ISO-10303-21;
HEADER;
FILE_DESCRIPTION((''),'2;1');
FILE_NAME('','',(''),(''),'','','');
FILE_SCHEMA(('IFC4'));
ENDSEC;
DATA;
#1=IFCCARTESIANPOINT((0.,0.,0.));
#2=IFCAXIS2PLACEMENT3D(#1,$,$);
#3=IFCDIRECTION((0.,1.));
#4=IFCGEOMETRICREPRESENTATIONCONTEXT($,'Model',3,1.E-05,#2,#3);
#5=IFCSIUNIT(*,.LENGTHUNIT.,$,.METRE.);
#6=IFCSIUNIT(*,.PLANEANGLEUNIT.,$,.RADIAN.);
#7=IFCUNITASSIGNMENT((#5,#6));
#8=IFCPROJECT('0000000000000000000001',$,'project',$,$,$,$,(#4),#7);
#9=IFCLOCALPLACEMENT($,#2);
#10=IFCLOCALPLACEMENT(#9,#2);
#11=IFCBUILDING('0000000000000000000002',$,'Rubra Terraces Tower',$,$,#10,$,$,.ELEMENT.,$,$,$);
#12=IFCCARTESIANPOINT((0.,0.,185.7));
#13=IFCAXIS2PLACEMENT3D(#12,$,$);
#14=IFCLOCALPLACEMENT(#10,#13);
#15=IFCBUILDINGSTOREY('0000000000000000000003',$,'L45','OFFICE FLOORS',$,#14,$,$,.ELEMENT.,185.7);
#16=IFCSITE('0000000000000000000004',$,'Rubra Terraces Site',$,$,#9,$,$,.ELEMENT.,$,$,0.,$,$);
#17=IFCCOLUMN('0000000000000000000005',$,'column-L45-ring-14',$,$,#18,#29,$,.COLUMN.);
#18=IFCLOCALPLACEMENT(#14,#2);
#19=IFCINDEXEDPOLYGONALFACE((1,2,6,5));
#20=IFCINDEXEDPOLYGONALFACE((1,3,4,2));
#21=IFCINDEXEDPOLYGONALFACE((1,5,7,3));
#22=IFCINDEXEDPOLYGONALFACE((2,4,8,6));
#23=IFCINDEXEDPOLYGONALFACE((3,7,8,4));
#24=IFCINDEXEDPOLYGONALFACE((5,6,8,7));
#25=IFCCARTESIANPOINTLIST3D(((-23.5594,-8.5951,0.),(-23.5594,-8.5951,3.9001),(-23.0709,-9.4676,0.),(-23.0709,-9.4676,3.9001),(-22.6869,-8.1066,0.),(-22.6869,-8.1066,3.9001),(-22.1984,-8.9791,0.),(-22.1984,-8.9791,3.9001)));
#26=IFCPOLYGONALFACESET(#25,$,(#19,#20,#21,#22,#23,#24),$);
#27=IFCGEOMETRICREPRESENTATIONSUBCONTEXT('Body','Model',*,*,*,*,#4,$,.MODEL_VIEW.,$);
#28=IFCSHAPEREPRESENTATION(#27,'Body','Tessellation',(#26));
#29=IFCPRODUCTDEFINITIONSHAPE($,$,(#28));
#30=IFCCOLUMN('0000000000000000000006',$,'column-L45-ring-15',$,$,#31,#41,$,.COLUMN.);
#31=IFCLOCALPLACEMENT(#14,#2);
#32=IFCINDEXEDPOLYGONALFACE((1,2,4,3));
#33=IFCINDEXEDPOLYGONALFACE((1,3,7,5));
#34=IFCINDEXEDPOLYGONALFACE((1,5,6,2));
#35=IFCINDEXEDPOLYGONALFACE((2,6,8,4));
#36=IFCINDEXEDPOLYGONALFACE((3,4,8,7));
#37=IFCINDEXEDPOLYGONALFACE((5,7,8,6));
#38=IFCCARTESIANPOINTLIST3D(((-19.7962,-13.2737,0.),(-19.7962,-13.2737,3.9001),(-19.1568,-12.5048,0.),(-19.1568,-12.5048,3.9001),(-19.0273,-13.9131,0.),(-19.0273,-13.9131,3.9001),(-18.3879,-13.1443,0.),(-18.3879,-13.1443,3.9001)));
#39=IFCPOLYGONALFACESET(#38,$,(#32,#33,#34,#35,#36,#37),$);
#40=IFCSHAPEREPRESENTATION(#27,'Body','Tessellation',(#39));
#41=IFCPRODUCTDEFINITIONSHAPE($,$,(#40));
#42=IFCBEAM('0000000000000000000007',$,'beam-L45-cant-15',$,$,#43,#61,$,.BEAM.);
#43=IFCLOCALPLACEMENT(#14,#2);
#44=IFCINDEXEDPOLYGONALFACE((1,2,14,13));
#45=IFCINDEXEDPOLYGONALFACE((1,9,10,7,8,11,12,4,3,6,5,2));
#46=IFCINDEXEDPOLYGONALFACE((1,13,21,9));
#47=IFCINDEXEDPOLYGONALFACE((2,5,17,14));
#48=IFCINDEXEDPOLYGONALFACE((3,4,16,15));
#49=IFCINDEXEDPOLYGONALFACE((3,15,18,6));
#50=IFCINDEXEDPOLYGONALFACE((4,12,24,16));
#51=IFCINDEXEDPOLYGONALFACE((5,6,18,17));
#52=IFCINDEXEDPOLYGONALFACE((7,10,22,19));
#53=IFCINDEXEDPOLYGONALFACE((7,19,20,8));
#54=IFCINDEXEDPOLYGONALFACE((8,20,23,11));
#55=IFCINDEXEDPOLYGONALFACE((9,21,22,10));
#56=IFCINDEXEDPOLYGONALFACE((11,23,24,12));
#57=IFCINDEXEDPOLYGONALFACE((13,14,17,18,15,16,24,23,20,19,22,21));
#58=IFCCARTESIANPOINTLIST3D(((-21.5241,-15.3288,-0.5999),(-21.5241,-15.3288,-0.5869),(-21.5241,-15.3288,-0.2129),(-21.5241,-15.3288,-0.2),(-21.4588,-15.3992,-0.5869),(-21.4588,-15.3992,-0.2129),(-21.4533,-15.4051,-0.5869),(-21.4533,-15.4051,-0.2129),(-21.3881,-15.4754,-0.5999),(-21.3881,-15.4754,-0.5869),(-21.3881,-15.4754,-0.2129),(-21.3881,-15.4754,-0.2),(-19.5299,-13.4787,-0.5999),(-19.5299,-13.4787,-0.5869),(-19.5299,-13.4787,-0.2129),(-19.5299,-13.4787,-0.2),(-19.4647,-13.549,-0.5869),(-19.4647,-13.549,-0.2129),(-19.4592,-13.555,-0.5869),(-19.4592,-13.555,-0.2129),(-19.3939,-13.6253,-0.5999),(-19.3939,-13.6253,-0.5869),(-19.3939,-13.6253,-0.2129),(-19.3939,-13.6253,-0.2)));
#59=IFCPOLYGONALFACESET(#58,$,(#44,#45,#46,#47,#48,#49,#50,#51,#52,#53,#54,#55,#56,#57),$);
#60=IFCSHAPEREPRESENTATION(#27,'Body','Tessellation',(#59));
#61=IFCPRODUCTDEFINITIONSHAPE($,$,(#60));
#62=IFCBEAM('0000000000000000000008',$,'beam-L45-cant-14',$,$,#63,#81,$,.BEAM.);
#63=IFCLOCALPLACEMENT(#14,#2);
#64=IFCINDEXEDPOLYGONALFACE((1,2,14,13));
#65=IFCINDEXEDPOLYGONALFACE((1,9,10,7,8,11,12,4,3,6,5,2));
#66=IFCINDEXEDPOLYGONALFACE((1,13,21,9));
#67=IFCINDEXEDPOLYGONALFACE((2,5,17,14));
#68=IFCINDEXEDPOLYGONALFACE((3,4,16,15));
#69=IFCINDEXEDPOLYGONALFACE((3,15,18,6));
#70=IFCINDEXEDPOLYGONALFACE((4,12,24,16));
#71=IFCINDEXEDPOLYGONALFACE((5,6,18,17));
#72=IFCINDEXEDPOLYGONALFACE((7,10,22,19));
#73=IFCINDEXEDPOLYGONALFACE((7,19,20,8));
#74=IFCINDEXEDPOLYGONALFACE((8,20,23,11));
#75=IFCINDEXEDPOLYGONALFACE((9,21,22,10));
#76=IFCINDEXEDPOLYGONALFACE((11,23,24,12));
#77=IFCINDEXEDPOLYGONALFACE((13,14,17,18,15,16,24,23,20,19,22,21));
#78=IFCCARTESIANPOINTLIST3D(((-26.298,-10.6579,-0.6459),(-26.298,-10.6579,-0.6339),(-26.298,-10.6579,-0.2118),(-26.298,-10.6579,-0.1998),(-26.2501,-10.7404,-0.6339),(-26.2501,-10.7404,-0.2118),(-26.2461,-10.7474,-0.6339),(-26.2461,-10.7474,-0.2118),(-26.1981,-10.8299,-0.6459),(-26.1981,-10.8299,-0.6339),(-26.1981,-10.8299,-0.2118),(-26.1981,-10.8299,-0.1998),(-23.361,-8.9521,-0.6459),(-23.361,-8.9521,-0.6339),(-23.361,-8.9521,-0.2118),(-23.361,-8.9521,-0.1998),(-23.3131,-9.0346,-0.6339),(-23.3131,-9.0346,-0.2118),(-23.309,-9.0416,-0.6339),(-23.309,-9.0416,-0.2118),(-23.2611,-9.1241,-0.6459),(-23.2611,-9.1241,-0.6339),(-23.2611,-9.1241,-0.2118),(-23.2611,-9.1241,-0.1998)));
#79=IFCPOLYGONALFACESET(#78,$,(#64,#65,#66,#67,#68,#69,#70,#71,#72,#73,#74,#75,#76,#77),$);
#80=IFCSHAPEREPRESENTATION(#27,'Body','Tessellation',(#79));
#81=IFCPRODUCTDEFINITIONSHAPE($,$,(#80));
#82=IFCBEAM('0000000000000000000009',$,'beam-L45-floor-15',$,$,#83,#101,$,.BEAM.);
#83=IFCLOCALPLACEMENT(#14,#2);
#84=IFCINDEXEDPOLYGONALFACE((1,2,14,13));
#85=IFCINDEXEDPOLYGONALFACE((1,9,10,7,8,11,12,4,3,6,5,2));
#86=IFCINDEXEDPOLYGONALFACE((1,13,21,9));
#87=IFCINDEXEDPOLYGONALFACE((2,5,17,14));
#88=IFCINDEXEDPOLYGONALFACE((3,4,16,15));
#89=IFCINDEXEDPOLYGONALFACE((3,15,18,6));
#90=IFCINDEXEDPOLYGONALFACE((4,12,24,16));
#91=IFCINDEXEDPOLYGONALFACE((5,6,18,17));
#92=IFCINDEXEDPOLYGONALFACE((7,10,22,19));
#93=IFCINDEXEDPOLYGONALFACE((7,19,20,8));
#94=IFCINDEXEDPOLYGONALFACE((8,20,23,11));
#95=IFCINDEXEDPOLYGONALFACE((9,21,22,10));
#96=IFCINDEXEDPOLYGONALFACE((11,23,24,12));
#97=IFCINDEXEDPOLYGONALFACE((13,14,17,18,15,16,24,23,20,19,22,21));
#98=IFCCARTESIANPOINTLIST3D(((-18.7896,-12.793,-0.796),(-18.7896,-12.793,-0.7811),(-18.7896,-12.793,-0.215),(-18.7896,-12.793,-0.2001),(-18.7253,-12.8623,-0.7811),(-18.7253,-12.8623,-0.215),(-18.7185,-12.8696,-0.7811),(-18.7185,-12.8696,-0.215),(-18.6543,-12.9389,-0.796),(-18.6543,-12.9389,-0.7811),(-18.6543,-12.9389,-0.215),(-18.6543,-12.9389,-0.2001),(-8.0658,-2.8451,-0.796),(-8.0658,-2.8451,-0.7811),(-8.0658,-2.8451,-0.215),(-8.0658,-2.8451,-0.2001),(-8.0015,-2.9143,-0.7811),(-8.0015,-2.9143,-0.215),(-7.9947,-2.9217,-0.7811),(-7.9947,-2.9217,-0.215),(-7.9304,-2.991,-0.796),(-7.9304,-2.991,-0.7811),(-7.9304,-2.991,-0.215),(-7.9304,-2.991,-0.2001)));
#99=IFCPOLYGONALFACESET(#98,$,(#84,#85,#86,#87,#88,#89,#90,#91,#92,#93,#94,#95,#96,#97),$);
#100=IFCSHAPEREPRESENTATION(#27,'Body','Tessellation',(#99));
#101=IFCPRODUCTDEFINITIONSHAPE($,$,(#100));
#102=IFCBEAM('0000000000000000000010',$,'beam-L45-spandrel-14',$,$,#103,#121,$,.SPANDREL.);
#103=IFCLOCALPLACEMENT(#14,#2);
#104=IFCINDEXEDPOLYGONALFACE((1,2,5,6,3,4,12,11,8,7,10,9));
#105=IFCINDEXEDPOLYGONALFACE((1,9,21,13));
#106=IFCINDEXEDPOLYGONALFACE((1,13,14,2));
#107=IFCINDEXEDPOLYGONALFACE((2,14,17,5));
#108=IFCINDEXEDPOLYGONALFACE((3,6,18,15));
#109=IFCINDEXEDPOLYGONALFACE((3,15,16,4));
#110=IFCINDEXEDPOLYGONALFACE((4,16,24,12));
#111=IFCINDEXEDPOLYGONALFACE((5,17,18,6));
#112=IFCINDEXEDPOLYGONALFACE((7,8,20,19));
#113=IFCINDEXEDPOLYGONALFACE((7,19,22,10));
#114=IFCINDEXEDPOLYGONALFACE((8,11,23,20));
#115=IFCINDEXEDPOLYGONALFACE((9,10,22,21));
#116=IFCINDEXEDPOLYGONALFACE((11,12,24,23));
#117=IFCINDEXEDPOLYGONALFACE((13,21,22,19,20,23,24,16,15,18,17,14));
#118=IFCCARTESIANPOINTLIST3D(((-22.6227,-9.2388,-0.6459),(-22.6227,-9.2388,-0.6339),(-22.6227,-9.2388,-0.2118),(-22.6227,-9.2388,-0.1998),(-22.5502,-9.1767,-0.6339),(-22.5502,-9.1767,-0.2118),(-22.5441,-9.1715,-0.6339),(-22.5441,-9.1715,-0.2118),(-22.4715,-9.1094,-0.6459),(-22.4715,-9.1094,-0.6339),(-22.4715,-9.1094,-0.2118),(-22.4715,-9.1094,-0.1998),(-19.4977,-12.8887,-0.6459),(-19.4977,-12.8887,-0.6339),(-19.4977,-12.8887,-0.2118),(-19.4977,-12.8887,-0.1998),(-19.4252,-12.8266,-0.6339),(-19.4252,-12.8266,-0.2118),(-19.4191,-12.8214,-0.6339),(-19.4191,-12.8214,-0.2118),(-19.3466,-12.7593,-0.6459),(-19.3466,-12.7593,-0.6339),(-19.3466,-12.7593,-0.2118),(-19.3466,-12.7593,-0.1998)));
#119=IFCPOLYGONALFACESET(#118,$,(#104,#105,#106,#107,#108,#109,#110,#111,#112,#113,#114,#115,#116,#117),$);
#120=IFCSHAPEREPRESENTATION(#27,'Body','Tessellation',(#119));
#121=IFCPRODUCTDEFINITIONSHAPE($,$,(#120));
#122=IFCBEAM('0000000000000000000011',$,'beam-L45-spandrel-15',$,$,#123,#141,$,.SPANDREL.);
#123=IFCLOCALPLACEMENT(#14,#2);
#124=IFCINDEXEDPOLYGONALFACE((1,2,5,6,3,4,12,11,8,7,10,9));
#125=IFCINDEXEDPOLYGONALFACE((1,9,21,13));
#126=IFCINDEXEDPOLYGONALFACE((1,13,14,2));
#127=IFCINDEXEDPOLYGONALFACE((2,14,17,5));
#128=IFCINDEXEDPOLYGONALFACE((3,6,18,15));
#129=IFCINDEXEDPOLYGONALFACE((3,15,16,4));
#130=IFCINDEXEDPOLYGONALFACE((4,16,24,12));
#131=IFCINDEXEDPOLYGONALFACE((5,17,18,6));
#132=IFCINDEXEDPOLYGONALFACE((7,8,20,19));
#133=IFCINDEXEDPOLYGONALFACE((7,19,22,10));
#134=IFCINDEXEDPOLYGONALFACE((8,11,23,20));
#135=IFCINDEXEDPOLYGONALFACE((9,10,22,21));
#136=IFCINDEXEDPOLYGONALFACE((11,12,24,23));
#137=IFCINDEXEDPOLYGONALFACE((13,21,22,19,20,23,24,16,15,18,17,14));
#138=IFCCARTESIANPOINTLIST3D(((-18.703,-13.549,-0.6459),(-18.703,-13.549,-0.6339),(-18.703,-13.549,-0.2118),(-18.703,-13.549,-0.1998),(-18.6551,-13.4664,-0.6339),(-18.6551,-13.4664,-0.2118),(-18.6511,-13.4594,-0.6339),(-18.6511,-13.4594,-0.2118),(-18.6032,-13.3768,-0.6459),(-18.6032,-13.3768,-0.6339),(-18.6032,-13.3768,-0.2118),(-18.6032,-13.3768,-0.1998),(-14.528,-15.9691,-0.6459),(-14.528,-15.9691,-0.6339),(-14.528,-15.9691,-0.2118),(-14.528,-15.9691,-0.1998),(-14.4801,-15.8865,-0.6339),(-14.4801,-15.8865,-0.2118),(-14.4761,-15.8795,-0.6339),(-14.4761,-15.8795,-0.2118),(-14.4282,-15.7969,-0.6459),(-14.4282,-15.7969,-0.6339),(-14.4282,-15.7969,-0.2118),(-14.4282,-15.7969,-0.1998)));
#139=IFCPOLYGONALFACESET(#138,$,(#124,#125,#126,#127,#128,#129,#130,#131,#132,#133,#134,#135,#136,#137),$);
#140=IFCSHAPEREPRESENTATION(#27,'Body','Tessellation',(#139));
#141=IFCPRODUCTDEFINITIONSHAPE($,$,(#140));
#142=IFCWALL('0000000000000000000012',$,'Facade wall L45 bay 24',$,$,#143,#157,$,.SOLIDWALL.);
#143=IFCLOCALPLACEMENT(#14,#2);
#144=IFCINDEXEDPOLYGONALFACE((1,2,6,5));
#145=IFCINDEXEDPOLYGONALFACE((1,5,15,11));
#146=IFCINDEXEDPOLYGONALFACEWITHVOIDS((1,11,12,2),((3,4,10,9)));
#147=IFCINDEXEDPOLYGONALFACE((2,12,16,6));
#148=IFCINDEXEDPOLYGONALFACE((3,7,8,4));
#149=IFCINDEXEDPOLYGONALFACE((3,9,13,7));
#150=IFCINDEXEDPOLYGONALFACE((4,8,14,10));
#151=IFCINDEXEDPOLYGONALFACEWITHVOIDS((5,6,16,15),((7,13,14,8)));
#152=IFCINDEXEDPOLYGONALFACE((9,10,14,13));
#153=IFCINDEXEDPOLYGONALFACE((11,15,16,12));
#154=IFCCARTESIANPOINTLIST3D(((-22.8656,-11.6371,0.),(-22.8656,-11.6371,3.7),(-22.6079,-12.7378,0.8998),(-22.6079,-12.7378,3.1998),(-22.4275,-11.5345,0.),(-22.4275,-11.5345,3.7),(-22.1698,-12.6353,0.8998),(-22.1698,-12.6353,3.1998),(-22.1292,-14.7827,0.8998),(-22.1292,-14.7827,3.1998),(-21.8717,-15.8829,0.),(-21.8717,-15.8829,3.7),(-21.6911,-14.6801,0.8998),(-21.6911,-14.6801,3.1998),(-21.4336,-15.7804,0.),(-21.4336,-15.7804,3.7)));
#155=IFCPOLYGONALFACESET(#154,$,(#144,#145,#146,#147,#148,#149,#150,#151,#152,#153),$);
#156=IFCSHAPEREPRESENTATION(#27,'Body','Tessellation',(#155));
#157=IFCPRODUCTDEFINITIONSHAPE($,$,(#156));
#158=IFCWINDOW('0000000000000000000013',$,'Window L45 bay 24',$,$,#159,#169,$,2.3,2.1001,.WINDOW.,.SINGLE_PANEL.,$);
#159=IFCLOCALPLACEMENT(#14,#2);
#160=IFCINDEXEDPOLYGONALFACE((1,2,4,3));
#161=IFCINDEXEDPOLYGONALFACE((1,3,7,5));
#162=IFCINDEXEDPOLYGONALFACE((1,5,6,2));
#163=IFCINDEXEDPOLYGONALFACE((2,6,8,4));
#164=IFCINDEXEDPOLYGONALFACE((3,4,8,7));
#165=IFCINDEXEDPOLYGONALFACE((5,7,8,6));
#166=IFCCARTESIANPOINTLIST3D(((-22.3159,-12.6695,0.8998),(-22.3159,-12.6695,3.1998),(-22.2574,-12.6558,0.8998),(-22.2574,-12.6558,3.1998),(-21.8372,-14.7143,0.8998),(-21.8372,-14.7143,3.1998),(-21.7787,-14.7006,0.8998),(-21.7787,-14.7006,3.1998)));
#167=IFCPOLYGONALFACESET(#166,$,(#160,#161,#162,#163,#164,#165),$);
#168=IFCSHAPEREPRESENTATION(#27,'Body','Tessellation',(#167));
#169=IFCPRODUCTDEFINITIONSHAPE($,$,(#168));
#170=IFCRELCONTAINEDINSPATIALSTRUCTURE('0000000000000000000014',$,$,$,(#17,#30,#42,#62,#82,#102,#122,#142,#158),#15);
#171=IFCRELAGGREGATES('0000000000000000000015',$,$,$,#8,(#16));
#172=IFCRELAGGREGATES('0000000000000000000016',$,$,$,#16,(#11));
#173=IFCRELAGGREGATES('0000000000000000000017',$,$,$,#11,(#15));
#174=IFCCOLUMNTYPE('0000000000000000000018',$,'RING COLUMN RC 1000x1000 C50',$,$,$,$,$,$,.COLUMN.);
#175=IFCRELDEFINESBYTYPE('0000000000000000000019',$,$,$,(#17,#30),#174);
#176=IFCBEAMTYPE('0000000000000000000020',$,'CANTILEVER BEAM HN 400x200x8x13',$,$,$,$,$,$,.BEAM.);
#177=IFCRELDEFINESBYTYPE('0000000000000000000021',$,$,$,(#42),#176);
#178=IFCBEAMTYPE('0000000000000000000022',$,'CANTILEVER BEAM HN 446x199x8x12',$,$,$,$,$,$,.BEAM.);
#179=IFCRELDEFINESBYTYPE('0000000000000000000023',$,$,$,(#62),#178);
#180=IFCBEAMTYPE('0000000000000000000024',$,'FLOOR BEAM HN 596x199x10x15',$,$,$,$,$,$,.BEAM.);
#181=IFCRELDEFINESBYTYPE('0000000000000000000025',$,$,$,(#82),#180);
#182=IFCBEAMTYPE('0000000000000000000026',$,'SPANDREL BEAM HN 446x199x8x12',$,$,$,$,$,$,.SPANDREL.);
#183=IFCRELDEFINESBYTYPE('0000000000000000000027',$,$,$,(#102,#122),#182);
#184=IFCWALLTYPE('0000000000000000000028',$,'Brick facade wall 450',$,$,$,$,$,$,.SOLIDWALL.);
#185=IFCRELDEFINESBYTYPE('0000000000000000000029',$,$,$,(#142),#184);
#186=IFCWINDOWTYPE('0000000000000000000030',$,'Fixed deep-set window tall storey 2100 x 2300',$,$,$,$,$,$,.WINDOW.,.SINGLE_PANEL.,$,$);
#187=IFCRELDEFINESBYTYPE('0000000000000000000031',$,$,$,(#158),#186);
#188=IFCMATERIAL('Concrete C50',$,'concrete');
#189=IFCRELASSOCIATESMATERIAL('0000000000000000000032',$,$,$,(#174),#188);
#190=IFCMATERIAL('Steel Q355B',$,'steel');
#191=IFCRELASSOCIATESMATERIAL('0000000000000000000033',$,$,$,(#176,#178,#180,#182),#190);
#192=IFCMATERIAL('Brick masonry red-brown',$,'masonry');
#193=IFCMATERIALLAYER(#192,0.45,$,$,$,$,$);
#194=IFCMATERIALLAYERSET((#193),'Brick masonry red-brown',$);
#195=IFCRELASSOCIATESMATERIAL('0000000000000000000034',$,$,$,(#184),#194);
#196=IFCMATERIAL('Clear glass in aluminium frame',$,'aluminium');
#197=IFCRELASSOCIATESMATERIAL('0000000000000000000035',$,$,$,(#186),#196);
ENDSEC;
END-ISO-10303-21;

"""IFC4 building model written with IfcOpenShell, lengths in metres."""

from ifc_helpers import new_model, si_unit, direction, frame, frame_2d, origin, origin_2d, place, context, subcontext, project, spatial, rectangle, i_section, extrude, material, layer, layer_set, material_profile, profile_set, type_object, element, fill, save


model = new_model("IFC4")

# Units and contexts
model_context = context("Model", 3, precision=1e-05, world=origin(), true_north=direction((0.0, 1.0)))
body_context = subcontext(model_context, "Body", "Model", "MODEL_VIEW")
ifc_project = project(units=[si_unit("LENGTHUNIT", "METRE"), si_unit("PLANEANGLEUNIT", "RADIAN")], contexts=[model_context])

# Site, building, storey
site_placement = place(None, origin())
site = spatial("IfcSite", under=ifc_project, at=site_placement, Name="Rubra Terraces Site", CompositionType="ELEMENT", RefElevation=0.0)
building_placement = place(site_placement, origin())
building = spatial("IfcBuilding", under=site, at=building_placement, Name="Rubra Terraces Tower", CompositionType="ELEMENT")
storey_placement = place(building_placement, frame((0.0, 0.0, 185.7)))
storey = spatial("IfcBuildingStorey", under=building, at=storey_placement, Name="L45", Description="OFFICE FLOORS", CompositionType="ELEMENT", Elevation=185.7)

# Columns
ifc_material_1 = material(Name="Concrete C50", Category="concrete")
ifc_material_profile_1 = material_profile(ifc_material_1, rectangle(XDim=1.0, YDim=1.0, at=origin_2d()), Name="RC 1000x1000")
ifc_profile_set_1 = profile_set([ifc_material_profile_1], Name="Concrete C50")
column_type = type_object("IfcColumnType", Name="RING COLUMN RC 1000x1000 C50", PredefinedType="COLUMN", material=ifc_profile_set_1)
for number, where, z_axis, x_axis, name in (
    (1, (-22.8789, -8.7871, 0.0), (0.0, 0.0, 1.0), (0.488526, -0.872549, 0.0), "column-L45-ring-14"),
    (2, (-19.092, -13.209, 0.0), (0.0, 0.0, 1.0), (0.76887, -0.639405, 0.0), "column-L45-ring-15"),
):
    element("IfcColumn", number, at=place(storey_placement, frame(where, z_axis=z_axis, x_axis=x_axis)), inside=storey, type_object=column_type, Name=name, PredefinedType="COLUMN", context=body_context, shape_type="SweptSolid", body=[
        extrude(rectangle(XDim=1.0, YDim=1.0, at=origin_2d()), origin(), (0.0, 0.0, 1.0), 3.9001),
    ])

# Beams
ifc_material_2 = material(Name="Steel Q355B", Category="steel")
ifc_material_profile_2 = material_profile(ifc_material_2, i_section(OverallWidth=0.2, OverallDepth=0.3999, WebThickness=0.0081, FlangeThickness=0.0129, at=origin_2d()), Name="HN 400x200x8x13")
ifc_profile_set_2 = profile_set([ifc_material_profile_2], Name="Steel Q355B")
beam_type_1 = type_object("IfcBeamType", Name="CANTILEVER BEAM HN 400x200x8x13", PredefinedType="BEAM", material=ifc_profile_set_2)
beam_1_placement = place(storey_placement, frame((-19.4619, -13.552, -0.3999), z_axis=(-0.733088, -0.680134, 0.0), x_axis=(0.680134, -0.733088, 0.0)))
element("IfcBeam", 3, at=beam_1_placement, inside=storey, type_object=beam_type_1, Name="beam-L45-cant-15", PredefinedType="BEAM", context=body_context, shape_type="SweptSolid", body=[
    extrude(i_section(OverallWidth=0.2, OverallDepth=0.3999, WebThickness=0.0081, FlangeThickness=0.0129, at=origin_2d()), origin(), (0.0, 0.0, 1.0), 2.7202),
])
ifc_material_profile_3 = material_profile(ifc_material_2, i_section(OverallWidth=0.199, OverallDepth=0.446, WebThickness=0.0081, FlangeThickness=0.012, at=origin_2d()), Name="HN 446x199x8x12")
ifc_profile_set_3 = profile_set([ifc_material_profile_3], Name="Steel Q355B")
beam_type_2 = type_object("IfcBeamType", Name="CANTILEVER BEAM HN 446x199x8x12", PredefinedType="BEAM", material=ifc_profile_set_3)
beam_2_placement = place(storey_placement, frame((-23.311, -9.0381, -0.4229), z_axis=(-0.864732, -0.502234, 0.0), x_axis=(0.502234, -0.864732, 0.0)))
element("IfcBeam", 4, at=beam_2_placement, inside=storey, type_object=beam_type_2, Name="beam-L45-cant-14", PredefinedType="BEAM", context=body_context, shape_type="SweptSolid", body=[
    extrude(i_section(OverallWidth=0.199, OverallDepth=0.446, WebThickness=0.0081, FlangeThickness=0.012, at=origin_2d()), origin(), (0.0, 0.0, 1.0), 3.3965),
])
ifc_material_profile_4 = material_profile(ifc_material_2, i_section(OverallWidth=0.199, OverallDepth=0.5959, WebThickness=0.01, FlangeThickness=0.0149, at=origin_2d()), Name="HN 596x199x10x15")
ifc_profile_set_4 = profile_set([ifc_material_profile_4], Name="Steel Q355B")
beam_type_3 = type_object("IfcBeamType", Name="FLOOR BEAM HN 596x199x10x15", PredefinedType="BEAM", material=ifc_profile_set_4)
beam_3_placement = place(storey_placement, frame((-18.7219, -12.866, -0.498), z_axis=(0.73313, 0.680088, 0.0), x_axis=(-0.680088, 0.73313, 0.0)))
element("IfcBeam", 5, at=beam_3_placement, inside=storey, type_object=beam_type_3, Name="beam-L45-floor-15", PredefinedType="BEAM", context=body_context, shape_type="SweptSolid", body=[
    extrude(i_section(OverallWidth=0.199, OverallDepth=0.5959, WebThickness=0.01, FlangeThickness=0.0149, at=origin_2d()), origin(), (0.0, 0.0, 1.0), 14.6274),
])
ifc_material_profile_5 = material_profile(ifc_material_2, i_section(OverallWidth=0.199, OverallDepth=0.446, WebThickness=0.0081, FlangeThickness=0.012, at=origin_2d()), Name="HN 446x199x8x12")
ifc_profile_set_5 = profile_set([ifc_material_profile_5], Name="Steel Q355B")
beam_type_4 = type_object("IfcBeamType", Name="SPANDREL BEAM HN 446x199x8x12", PredefinedType="SPANDREL", material=ifc_profile_set_5)
beam_4_placement = place(storey_placement, frame((-22.5471, -9.1741, -0.4229), z_axis=(0.650373, -0.759615, 0.0), x_axis=(0.759615, 0.650373, 0.0)))
element("IfcBeam", 6, at=beam_4_placement, inside=storey, type_object=beam_type_4, Name="beam-L45-spandrel-14", PredefinedType="SPANDREL", context=body_context, shape_type="SweptSolid", body=[
    extrude(i_section(OverallWidth=0.199, OverallDepth=0.446, WebThickness=0.0081, FlangeThickness=0.012, at=origin_2d()), origin(), (0.0, 0.0, 1.0), 4.8049),
])
beam_5_placement = place(storey_placement, frame((-18.6531, -13.4629, -0.4229), z_axis=(0.865154, -0.501507, 0.0), x_axis=(0.501507, 0.865154, 0.0)))
element("IfcBeam", 7, at=beam_5_placement, inside=storey, type_object=beam_type_4, Name="beam-L45-spandrel-15", PredefinedType="SPANDREL", context=body_context, shape_type="SweptSolid", body=[
    extrude(i_section(OverallWidth=0.199, OverallDepth=0.446, WebThickness=0.0081, FlangeThickness=0.012, at=origin_2d()), origin(), (0.0, 0.0, 1.0), 4.8257),
])

# Wall, opening, window
ifc_material_3 = material(Name="Brick masonry red-brown", Category="masonry")
ifc_layer_1 = layer(ifc_material_3, 0.45)
ifc_layer_set_1 = layer_set([ifc_layer_1], Name="Brick masonry red-brown")
wall_type_1 = type_object("IfcWallType", Name="Brick facade wall 450", PredefinedType="SOLIDWALL", material=ifc_layer_set_1)
wall_1_placement = place(storey_placement, frame((-22.6465, -11.5859, 0.0), z_axis=(0.0, 0.0, 1.0), x_axis=(0.227925, -0.973679, 0.0)))
wall_1 = element("IfcWall", 8, at=wall_1_placement, inside=storey, type_object=wall_type_1, Name="Facade wall L45 bay 24", PredefinedType="SOLIDWALL", context=body_context, shape_type="SweptSolid", body=[
    extrude(rectangle(XDim=4.3606, YDim=0.45, at=frame_2d((2.1802, 0.0))), origin(), (0.0, 0.0, 1.0), 3.7),
])
opening_1_placement = place(wall_1_placement, frame((1.1304, 0.0, 0.8999)))
opening_1 = element("IfcOpeningElement", 9, at=opening_1_placement, cuts=wall_1, PredefinedType="OPENING", context=body_context, shape_type="SweptSolid", body=[
    extrude(rectangle(XDim=2.1001, YDim=2.3, at=frame_2d((1.05, 1.1499))), frame((0.0, 0.2349, 0.0), z_axis=(0.0, -1.0, 0.0), x_axis=(1.0, 0.0, 0.0)), (0.0, 0.0, 1.0), 0.47),
])
ifc_material_4 = material(Name="Clear glass in aluminium frame", Category="aluminium")
window_type = type_object("IfcWindowType", Name="Fixed deep-set window tall storey 2100 x 2300", PartitioningType="SINGLE_PANEL", PredefinedType="WINDOW", material=ifc_material_4)
window_1_placement = place(opening_1_placement, origin())
window_1 = element("IfcWindow", 10, at=window_1_placement, inside=storey, type_object=window_type, Name="Window L45 bay 24", OverallHeight=2.3, OverallWidth=2.1001, PartitioningType="SINGLE_PANEL", PredefinedType="WINDOW", context=body_context, shape_type="SweptSolid", body=[
    extrude(rectangle(XDim=2.1001, YDim=2.3, at=frame_2d((1.05, 1.1499))), frame((0.0, 0.135, 0.0), z_axis=(0.0, -1.0, 0.0), x_axis=(1.0, 0.0, 0.0)), (0.0, 0.0, 1.0), 0.0601),
])
fill(opening_1, window_1)

save(model, "model.ifc")
